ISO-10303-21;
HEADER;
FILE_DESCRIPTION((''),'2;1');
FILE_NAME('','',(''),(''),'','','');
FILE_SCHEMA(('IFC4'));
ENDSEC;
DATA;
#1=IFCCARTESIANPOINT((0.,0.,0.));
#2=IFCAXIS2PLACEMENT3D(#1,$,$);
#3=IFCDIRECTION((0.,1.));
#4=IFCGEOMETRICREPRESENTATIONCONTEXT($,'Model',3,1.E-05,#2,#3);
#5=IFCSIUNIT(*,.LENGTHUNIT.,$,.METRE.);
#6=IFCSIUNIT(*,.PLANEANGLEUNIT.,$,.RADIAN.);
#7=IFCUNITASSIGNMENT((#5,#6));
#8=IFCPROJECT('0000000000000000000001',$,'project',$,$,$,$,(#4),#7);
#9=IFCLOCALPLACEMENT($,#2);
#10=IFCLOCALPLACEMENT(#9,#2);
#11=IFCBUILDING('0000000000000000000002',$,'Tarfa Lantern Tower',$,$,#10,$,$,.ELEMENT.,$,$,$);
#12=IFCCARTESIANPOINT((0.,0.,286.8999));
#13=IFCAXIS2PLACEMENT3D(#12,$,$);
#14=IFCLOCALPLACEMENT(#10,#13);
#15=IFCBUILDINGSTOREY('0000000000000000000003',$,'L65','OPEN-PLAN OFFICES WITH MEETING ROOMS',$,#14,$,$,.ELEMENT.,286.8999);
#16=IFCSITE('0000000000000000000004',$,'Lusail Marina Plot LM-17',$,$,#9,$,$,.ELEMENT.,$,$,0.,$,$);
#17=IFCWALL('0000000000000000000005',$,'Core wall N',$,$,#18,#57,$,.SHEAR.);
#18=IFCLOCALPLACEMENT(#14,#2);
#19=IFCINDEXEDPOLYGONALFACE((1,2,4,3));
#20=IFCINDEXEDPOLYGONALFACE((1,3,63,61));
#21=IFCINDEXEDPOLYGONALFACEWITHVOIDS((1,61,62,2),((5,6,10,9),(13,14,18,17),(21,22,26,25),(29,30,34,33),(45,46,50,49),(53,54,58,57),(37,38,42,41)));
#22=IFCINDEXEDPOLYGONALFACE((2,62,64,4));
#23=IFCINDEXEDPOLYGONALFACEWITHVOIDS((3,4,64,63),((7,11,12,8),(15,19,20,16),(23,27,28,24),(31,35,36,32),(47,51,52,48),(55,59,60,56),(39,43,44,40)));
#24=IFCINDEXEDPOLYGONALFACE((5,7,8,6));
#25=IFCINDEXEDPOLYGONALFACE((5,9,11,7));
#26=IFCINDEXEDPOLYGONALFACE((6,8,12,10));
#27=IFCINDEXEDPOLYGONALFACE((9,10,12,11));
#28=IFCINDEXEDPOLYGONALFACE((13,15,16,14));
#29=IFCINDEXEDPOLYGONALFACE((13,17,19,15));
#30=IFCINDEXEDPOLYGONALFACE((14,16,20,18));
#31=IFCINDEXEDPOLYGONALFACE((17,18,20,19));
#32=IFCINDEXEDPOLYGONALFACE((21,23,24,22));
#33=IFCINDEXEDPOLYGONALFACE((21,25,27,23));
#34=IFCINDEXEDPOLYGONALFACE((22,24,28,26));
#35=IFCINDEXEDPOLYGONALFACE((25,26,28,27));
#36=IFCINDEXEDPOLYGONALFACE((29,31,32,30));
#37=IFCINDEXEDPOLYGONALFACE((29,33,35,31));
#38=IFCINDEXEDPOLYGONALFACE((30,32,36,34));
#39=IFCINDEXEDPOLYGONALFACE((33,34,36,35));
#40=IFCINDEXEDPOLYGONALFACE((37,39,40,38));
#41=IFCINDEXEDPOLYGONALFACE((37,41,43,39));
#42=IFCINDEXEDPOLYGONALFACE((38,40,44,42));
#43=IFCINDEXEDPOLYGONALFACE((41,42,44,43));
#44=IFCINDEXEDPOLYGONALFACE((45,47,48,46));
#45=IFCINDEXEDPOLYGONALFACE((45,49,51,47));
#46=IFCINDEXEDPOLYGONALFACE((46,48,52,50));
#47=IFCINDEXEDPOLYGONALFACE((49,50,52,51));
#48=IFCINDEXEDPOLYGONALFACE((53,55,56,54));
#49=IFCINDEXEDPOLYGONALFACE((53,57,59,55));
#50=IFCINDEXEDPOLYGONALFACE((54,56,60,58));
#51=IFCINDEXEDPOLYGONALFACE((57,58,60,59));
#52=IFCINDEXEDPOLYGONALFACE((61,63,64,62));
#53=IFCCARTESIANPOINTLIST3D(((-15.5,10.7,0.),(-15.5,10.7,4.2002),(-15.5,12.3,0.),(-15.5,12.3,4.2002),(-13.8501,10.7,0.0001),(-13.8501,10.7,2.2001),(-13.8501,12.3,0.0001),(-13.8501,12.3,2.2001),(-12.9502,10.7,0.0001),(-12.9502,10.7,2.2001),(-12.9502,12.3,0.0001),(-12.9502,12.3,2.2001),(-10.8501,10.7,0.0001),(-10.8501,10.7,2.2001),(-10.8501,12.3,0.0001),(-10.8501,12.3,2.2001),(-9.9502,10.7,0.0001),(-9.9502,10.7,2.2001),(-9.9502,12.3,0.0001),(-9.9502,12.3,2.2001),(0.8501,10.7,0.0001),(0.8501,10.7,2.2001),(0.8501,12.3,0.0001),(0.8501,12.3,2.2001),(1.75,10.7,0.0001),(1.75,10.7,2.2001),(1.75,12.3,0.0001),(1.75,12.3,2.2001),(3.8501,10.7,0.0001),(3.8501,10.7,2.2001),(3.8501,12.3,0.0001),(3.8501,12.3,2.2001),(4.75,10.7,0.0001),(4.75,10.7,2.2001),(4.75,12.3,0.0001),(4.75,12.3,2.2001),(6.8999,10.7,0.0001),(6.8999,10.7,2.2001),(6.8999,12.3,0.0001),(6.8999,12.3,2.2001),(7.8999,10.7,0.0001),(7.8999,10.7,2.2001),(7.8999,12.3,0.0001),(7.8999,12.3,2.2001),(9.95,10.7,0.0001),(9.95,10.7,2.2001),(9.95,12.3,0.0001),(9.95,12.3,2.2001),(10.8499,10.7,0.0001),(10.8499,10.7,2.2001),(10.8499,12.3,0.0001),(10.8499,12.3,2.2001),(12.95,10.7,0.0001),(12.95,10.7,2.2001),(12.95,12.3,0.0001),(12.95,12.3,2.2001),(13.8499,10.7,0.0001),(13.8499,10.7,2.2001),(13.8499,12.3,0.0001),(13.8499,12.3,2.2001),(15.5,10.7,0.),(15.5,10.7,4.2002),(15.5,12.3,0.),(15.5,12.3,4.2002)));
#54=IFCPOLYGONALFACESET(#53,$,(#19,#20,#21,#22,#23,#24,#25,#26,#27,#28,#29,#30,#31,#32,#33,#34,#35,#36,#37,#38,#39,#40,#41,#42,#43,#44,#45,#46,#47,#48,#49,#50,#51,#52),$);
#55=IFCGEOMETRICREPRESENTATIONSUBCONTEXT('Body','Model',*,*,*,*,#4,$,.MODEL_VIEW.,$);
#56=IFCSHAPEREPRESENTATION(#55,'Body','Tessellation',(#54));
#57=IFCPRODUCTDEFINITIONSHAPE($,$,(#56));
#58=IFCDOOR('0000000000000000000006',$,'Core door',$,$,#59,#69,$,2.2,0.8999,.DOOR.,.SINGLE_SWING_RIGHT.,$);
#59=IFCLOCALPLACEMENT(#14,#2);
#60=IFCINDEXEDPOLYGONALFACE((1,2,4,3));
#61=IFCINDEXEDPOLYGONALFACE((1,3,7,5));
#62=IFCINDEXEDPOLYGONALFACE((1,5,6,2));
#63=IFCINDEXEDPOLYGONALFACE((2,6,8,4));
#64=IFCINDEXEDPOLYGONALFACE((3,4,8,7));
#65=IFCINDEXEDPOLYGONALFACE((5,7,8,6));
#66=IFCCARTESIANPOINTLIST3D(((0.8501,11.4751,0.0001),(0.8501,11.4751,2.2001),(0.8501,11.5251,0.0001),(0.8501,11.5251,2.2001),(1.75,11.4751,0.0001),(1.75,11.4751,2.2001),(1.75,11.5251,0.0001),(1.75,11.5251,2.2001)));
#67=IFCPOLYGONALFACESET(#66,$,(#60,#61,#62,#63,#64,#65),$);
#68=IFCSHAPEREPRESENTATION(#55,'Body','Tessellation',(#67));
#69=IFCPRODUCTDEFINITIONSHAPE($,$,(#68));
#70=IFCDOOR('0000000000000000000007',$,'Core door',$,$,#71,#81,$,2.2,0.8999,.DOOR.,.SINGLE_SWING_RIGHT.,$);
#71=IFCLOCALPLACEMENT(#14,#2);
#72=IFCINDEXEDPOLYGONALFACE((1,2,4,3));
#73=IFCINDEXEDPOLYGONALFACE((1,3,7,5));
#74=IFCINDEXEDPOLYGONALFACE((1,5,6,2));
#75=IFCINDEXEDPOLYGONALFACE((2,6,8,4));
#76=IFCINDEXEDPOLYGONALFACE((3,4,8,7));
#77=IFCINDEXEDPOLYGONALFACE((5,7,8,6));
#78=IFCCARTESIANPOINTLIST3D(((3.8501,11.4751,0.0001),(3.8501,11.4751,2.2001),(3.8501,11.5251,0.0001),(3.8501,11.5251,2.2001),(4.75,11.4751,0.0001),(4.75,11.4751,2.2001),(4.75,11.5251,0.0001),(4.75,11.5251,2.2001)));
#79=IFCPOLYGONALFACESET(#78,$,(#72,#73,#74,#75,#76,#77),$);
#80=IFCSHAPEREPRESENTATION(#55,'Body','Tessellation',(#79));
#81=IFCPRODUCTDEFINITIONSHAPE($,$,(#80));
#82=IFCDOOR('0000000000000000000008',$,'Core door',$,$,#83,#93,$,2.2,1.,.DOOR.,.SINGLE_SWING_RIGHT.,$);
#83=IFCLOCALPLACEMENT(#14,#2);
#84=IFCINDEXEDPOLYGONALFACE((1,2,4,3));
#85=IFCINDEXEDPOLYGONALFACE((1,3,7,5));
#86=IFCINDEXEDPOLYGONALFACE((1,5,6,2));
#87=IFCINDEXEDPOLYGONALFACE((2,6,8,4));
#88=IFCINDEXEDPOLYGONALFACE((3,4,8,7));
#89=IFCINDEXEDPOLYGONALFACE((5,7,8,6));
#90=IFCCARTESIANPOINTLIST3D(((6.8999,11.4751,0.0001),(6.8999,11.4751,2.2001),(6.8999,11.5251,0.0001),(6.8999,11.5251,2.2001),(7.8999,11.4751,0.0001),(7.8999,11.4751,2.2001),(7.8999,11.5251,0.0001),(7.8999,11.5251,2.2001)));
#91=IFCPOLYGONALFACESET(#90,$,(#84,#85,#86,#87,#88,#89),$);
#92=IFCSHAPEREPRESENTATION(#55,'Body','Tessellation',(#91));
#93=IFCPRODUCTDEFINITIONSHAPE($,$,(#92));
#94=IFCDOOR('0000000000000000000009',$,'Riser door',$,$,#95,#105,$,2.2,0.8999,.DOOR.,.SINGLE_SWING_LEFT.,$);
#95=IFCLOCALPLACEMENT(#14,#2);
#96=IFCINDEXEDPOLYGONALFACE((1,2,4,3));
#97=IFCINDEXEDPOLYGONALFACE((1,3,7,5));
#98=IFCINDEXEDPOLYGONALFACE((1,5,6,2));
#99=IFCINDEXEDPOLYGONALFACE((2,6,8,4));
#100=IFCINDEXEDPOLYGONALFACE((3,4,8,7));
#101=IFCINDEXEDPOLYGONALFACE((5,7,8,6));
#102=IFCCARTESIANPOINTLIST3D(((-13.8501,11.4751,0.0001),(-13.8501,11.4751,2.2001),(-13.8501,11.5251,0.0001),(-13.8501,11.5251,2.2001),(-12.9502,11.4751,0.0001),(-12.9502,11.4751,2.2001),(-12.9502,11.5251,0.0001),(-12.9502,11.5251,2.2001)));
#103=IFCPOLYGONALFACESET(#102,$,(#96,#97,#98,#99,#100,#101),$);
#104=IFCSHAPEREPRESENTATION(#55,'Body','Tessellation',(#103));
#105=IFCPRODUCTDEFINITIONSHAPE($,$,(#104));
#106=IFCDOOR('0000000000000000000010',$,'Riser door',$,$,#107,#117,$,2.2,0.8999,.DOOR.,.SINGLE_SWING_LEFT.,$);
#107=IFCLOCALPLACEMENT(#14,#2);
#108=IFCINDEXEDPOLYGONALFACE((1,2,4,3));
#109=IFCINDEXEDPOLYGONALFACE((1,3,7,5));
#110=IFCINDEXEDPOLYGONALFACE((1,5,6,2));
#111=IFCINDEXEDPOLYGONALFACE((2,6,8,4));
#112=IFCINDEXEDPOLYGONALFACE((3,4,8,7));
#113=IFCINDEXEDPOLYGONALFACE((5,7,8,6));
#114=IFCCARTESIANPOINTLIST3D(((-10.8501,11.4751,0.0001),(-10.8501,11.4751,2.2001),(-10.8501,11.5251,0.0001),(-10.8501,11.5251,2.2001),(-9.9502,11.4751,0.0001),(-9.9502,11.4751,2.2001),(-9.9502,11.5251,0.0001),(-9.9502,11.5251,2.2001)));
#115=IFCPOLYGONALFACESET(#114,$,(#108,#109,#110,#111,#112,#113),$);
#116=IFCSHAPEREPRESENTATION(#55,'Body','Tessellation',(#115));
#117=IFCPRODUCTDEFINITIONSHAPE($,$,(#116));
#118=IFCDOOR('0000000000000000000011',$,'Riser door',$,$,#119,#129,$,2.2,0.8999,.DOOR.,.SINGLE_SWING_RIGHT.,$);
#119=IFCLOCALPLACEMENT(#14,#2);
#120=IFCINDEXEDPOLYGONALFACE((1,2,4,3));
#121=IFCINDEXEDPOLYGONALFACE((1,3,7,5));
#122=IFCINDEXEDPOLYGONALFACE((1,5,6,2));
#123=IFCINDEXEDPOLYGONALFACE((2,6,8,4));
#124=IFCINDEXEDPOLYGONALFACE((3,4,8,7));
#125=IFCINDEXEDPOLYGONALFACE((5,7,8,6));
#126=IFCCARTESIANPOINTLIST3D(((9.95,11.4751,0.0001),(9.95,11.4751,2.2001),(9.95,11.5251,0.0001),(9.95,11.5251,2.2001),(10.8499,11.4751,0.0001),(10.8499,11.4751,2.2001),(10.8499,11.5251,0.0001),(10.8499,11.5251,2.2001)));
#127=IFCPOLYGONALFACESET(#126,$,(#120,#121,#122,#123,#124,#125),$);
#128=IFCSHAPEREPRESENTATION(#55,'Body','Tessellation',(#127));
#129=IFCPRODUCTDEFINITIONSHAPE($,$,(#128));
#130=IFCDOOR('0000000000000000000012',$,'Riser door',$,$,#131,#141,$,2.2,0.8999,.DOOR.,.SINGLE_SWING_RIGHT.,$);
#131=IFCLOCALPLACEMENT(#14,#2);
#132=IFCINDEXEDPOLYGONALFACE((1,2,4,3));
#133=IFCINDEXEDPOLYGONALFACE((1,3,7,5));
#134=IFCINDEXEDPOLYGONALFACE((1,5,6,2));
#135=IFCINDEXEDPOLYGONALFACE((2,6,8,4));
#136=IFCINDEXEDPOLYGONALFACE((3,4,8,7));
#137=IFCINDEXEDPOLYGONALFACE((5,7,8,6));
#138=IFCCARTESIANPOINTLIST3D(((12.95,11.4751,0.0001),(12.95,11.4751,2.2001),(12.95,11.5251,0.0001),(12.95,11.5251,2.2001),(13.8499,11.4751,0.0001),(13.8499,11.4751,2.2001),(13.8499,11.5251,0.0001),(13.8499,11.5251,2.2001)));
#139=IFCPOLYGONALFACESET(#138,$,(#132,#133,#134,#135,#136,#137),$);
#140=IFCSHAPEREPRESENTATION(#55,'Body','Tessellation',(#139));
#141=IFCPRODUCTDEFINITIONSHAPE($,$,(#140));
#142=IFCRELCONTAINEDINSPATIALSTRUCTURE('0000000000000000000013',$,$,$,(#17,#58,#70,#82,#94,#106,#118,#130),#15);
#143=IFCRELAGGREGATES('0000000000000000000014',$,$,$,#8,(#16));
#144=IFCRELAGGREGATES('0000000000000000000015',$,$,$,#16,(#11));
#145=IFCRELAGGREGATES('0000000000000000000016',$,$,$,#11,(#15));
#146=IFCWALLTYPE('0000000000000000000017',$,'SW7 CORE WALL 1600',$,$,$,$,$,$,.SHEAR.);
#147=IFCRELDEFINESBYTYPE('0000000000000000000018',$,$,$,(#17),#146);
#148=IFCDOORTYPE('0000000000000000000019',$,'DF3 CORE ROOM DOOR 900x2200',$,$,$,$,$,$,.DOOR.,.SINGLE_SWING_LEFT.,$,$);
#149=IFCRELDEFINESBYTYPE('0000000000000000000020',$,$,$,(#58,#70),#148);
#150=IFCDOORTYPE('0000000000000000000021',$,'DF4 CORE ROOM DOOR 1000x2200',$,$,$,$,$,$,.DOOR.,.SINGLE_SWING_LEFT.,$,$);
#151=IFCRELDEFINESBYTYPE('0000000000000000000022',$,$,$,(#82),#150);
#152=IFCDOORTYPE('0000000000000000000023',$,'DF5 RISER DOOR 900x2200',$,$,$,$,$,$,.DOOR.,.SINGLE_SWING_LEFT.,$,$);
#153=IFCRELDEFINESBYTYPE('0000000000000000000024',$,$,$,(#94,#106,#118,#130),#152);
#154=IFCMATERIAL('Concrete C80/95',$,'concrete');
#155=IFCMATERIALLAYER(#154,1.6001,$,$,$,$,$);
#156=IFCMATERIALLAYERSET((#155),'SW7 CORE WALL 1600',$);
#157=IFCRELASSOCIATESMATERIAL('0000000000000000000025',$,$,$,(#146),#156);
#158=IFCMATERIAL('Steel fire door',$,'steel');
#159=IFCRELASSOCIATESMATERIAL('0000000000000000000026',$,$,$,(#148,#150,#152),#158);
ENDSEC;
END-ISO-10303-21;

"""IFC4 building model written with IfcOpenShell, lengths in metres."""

from ifc_helpers import new_model, si_unit, direction, frame, frame_2d, origin, place, context, subcontext, project, spatial, rectangle, extrude, material, layer, layer_set, type_object, element, fill, save


model = new_model("IFC4")

# Units and contexts
model_context = context("Model", 3, precision=1e-05, world=origin(), true_north=direction((0.0, 1.0)))
body_context = subcontext(model_context, "Body", "Model", "MODEL_VIEW")
ifc_project = project(units=[si_unit("LENGTHUNIT", "METRE"), si_unit("PLANEANGLEUNIT", "RADIAN")], contexts=[model_context])

# Site, building, storey
site_placement = place(None, origin())
site = spatial("IfcSite", under=ifc_project, at=site_placement, Name="Lusail Marina Plot LM-17", CompositionType="ELEMENT", RefElevation=0.0)
building_placement = place(site_placement, origin())
building = spatial("IfcBuilding", under=site, at=building_placement, Name="Tarfa Lantern Tower", CompositionType="ELEMENT")
storey_placement = place(building_placement, frame((0.0, 0.0, 286.8999)))
storey = spatial("IfcBuildingStorey", under=building, at=storey_placement, Name="L65", Description="OPEN-PLAN OFFICES WITH MEETING ROOMS", CompositionType="ELEMENT", Elevation=286.8999)

# Shared definitions
ifc_material_1 = material(Name="Concrete C80/95", Category="concrete")

# Shared definitions
ifc_material_2 = material(Name="Steel fire door", Category="steel")

# Wall, openings, doors
ifc_layer_1 = layer(ifc_material_1, 1.6001)
ifc_layer_set_1 = layer_set([ifc_layer_1], Name="SW7 CORE WALL 1600")
wall_type_1 = type_object("IfcWallType", Name="SW7 CORE WALL 1600", PredefinedType="SHEAR", material=ifc_layer_set_1)
wall_1_placement = place(storey_placement, frame((-15.5, 11.5, 0.0), z_axis=(0.0, 0.0, 1.0), x_axis=(1.0, 0.0, 0.0)))
wall_1 = element("IfcWall", 1, at=wall_1_placement, inside=storey, type_object=wall_type_1, Name="Core wall N", PredefinedType="SHEAR", context=body_context, shape_type="SweptSolid", body=[
    extrude(rectangle(XDim=31.0, YDim=1.6001, at=frame_2d((15.5, 0.0))), origin(), (0.0, 0.0, 1.0), 4.2002),
])
opening_1_placement = place(wall_1_placement, frame((16.3501, 0.0, 0.0)))
opening_1 = element("IfcOpeningElement", 2, at=opening_1_placement, cuts=wall_1, PredefinedType="OPENING", context=body_context, shape_type="SweptSolid", body=[
    extrude(rectangle(XDim=0.8999, YDim=2.2, at=frame_2d((0.45, 1.1001))), frame((0.0, 0.8101, 0.0), z_axis=(0.0, -1.0, 0.0), x_axis=(1.0, 0.0, 0.0)), (0.0, 0.0, 1.0), 1.6201),
])
opening_2_placement = place(wall_1_placement, frame((19.3501, 0.0, 0.0)))
opening_2 = element("IfcOpeningElement", 3, at=opening_2_placement, cuts=wall_1, PredefinedType="OPENING", context=body_context, shape_type="SweptSolid", body=[
    extrude(rectangle(XDim=0.8999, YDim=2.2, at=frame_2d((0.45, 1.1001))), frame((0.0, 0.8101, 0.0), z_axis=(0.0, -1.0, 0.0), x_axis=(1.0, 0.0, 0.0)), (0.0, 0.0, 1.0), 1.6201),
])
opening_3_placement = place(wall_1_placement, frame((22.3999, 0.0, 0.0)))
opening_3 = element("IfcOpeningElement", 4, at=opening_3_placement, cuts=wall_1, PredefinedType="OPENING", context=body_context, shape_type="SweptSolid", body=[
    extrude(rectangle(XDim=1.0, YDim=2.2, at=frame_2d((0.5, 1.1001))), frame((0.0, 0.8101, 0.0), z_axis=(0.0, -1.0, 0.0), x_axis=(1.0, 0.0, 0.0)), (0.0, 0.0, 1.0), 1.6201),
])
opening_4_placement = place(wall_1_placement, frame((1.6499, 0.0, 0.0)))
opening_4 = element("IfcOpeningElement", 5, at=opening_4_placement, cuts=wall_1, PredefinedType="OPENING", context=body_context, shape_type="SweptSolid", body=[
    extrude(rectangle(XDim=0.8999, YDim=2.2, at=frame_2d((0.45, 1.1001))), frame((0.0, 0.8101, 0.0), z_axis=(0.0, -1.0, 0.0), x_axis=(1.0, 0.0, 0.0)), (0.0, 0.0, 1.0), 1.6201),
])
opening_5_placement = place(wall_1_placement, frame((4.6499, 0.0, 0.0)))
opening_5 = element("IfcOpeningElement", 6, at=opening_5_placement, cuts=wall_1, PredefinedType="OPENING", context=body_context, shape_type="SweptSolid", body=[
    extrude(rectangle(XDim=0.8999, YDim=2.2, at=frame_2d((0.45, 1.1001))), frame((0.0, 0.8101, 0.0), z_axis=(0.0, -1.0, 0.0), x_axis=(1.0, 0.0, 0.0)), (0.0, 0.0, 1.0), 1.6201),
])
opening_6_placement = place(wall_1_placement, frame((25.45, 0.0, 0.0)))
opening_6 = element("IfcOpeningElement", 7, at=opening_6_placement, cuts=wall_1, PredefinedType="OPENING", context=body_context, shape_type="SweptSolid", body=[
    extrude(rectangle(XDim=0.8999, YDim=2.2, at=frame_2d((0.45, 1.1001))), frame((0.0, 0.8101, 0.0), z_axis=(0.0, -1.0, 0.0), x_axis=(1.0, 0.0, 0.0)), (0.0, 0.0, 1.0), 1.6201),
])
opening_7_placement = place(wall_1_placement, frame((28.45, 0.0, 0.0)))
opening_7 = element("IfcOpeningElement", 8, at=opening_7_placement, cuts=wall_1, PredefinedType="OPENING", context=body_context, shape_type="SweptSolid", body=[
    extrude(rectangle(XDim=0.8999, YDim=2.2, at=frame_2d((0.45, 1.1001))), frame((0.0, 0.8101, 0.0), z_axis=(0.0, -1.0, 0.0), x_axis=(1.0, 0.0, 0.0)), (0.0, 0.0, 1.0), 1.6201),
])
door_type_1 = type_object("IfcDoorType", Name="DF3 CORE ROOM DOOR 900x2200", OperationType="SINGLE_SWING_LEFT", PredefinedType="DOOR", material=ifc_material_2)
door_1_placement = place(opening_1_placement, frame((0.8999, 0.0, 0.0), z_axis=(0.0, 0.0, 1.0), x_axis=(-1.0, 0.0, 0.0)))
door_1 = element("IfcDoor", 9, at=door_1_placement, inside=storey, type_object=door_type_1, Name="Core door", OperationType="SINGLE_SWING_RIGHT", OverallHeight=2.2, OverallWidth=0.8999, PredefinedType="DOOR", context=body_context, shape_type="SweptSolid", body=[
    extrude(rectangle(XDim=0.8999, YDim=2.2, at=frame_2d((0.45, 1.1001))), frame((0.0, 0.0249, 0.0), z_axis=(0.0, -1.0, 0.0), x_axis=(1.0, 0.0, 0.0)), (0.0, 0.0, 1.0), 0.05),
])
fill(opening_1, door_1)
door_2_placement = place(opening_2_placement, frame((0.8999, 0.0, 0.0), z_axis=(0.0, 0.0, 1.0), x_axis=(-1.0, 0.0, 0.0)))
door_2 = element("IfcDoor", 10, at=door_2_placement, inside=storey, type_object=door_type_1, Name="Core door", OperationType="SINGLE_SWING_RIGHT", OverallHeight=2.2, OverallWidth=0.8999, PredefinedType="DOOR", context=body_context, shape_type="SweptSolid", body=[
    extrude(rectangle(XDim=0.8999, YDim=2.2, at=frame_2d((0.45, 1.1001))), frame((0.0, 0.0249, 0.0), z_axis=(0.0, -1.0, 0.0), x_axis=(1.0, 0.0, 0.0)), (0.0, 0.0, 1.0), 0.05),
])
fill(opening_2, door_2)
door_type_2 = type_object("IfcDoorType", Name="DF4 CORE ROOM DOOR 1000x2200", OperationType="SINGLE_SWING_LEFT", PredefinedType="DOOR", material=ifc_material_2)
door_3_placement = place(opening_3_placement, frame((1.0, 0.0, 0.0), z_axis=(0.0, 0.0, 1.0), x_axis=(-1.0, 0.0, 0.0)))
door_3 = element("IfcDoor", 11, at=door_3_placement, inside=storey, type_object=door_type_2, Name="Core door", OperationType="SINGLE_SWING_RIGHT", OverallHeight=2.2, OverallWidth=1.0, PredefinedType="DOOR", context=body_context, shape_type="SweptSolid", body=[
    extrude(rectangle(XDim=1.0, YDim=2.2, at=frame_2d((0.5, 1.1001))), frame((0.0, 0.0249, 0.0), z_axis=(0.0, -1.0, 0.0), x_axis=(1.0, 0.0, 0.0)), (0.0, 0.0, 1.0), 0.05),
])
fill(opening_3, door_3)
door_type_3 = type_object("IfcDoorType", Name="DF5 RISER DOOR 900x2200", OperationType="SINGLE_SWING_LEFT", PredefinedType="DOOR", material=ifc_material_2)
door_4_placement = place(opening_4_placement, frame((0.8999, 0.0, 0.0), z_axis=(0.0, 0.0, 1.0), x_axis=(-1.0, 0.0, 0.0)))
door_4 = element("IfcDoor", 12, at=door_4_placement, inside=storey, type_object=door_type_3, Name="Riser door", OperationType="SINGLE_SWING_LEFT", OverallHeight=2.2, OverallWidth=0.8999, PredefinedType="DOOR", context=body_context, shape_type="SweptSolid", body=[
    extrude(rectangle(XDim=0.8999, YDim=2.2, at=frame_2d((0.45, 1.1001))), frame((0.0, 0.0249, 0.0), z_axis=(0.0, -1.0, 0.0), x_axis=(1.0, 0.0, 0.0)), (0.0, 0.0, 1.0), 0.05),
])
fill(opening_4, door_4)
door_5_placement = place(opening_5_placement, frame((0.8999, 0.0, 0.0), z_axis=(0.0, 0.0, 1.0), x_axis=(-1.0, 0.0, 0.0)))
door_5 = element("IfcDoor", 13, at=door_5_placement, inside=storey, type_object=door_type_3, Name="Riser door", OperationType="SINGLE_SWING_LEFT", OverallHeight=2.2, OverallWidth=0.8999, PredefinedType="DOOR", context=body_context, shape_type="SweptSolid", body=[
    extrude(rectangle(XDim=0.8999, YDim=2.2, at=frame_2d((0.45, 1.1001))), frame((0.0, 0.0249, 0.0), z_axis=(0.0, -1.0, 0.0), x_axis=(1.0, 0.0, 0.0)), (0.0, 0.0, 1.0), 0.05),
])
fill(opening_5, door_5)
door_6_placement = place(opening_6_placement, frame((0.8999, 0.0, 0.0), z_axis=(0.0, 0.0, 1.0), x_axis=(-1.0, 0.0, 0.0)))
door_6 = element("IfcDoor", 14, at=door_6_placement, inside=storey, type_object=door_type_3, Name="Riser door", OperationType="SINGLE_SWING_RIGHT", OverallHeight=2.2, OverallWidth=0.8999, PredefinedType="DOOR", context=body_context, shape_type="SweptSolid", body=[
    extrude(rectangle(XDim=0.8999, YDim=2.2, at=frame_2d((0.45, 1.1001))), frame((0.0, 0.0249, 0.0), z_axis=(0.0, -1.0, 0.0), x_axis=(1.0, 0.0, 0.0)), (0.0, 0.0, 1.0), 0.05),
])
fill(opening_6, door_6)
door_7_placement = place(opening_7_placement, frame((0.8999, 0.0, 0.0), z_axis=(0.0, 0.0, 1.0), x_axis=(-1.0, 0.0, 0.0)))
door_7 = element("IfcDoor", 15, at=door_7_placement, inside=storey, type_object=door_type_3, Name="Riser door", OperationType="SINGLE_SWING_RIGHT", OverallHeight=2.2, OverallWidth=0.8999, PredefinedType="DOOR", context=body_context, shape_type="SweptSolid", body=[
    extrude(rectangle(XDim=0.8999, YDim=2.2, at=frame_2d((0.45, 1.1001))), frame((0.0, 0.0249, 0.0), z_axis=(0.0, -1.0, 0.0), x_axis=(1.0, 0.0, 0.0)), (0.0, 0.0, 1.0), 0.05),
])
fill(opening_7, door_7)

save(model, "model.ifc")
